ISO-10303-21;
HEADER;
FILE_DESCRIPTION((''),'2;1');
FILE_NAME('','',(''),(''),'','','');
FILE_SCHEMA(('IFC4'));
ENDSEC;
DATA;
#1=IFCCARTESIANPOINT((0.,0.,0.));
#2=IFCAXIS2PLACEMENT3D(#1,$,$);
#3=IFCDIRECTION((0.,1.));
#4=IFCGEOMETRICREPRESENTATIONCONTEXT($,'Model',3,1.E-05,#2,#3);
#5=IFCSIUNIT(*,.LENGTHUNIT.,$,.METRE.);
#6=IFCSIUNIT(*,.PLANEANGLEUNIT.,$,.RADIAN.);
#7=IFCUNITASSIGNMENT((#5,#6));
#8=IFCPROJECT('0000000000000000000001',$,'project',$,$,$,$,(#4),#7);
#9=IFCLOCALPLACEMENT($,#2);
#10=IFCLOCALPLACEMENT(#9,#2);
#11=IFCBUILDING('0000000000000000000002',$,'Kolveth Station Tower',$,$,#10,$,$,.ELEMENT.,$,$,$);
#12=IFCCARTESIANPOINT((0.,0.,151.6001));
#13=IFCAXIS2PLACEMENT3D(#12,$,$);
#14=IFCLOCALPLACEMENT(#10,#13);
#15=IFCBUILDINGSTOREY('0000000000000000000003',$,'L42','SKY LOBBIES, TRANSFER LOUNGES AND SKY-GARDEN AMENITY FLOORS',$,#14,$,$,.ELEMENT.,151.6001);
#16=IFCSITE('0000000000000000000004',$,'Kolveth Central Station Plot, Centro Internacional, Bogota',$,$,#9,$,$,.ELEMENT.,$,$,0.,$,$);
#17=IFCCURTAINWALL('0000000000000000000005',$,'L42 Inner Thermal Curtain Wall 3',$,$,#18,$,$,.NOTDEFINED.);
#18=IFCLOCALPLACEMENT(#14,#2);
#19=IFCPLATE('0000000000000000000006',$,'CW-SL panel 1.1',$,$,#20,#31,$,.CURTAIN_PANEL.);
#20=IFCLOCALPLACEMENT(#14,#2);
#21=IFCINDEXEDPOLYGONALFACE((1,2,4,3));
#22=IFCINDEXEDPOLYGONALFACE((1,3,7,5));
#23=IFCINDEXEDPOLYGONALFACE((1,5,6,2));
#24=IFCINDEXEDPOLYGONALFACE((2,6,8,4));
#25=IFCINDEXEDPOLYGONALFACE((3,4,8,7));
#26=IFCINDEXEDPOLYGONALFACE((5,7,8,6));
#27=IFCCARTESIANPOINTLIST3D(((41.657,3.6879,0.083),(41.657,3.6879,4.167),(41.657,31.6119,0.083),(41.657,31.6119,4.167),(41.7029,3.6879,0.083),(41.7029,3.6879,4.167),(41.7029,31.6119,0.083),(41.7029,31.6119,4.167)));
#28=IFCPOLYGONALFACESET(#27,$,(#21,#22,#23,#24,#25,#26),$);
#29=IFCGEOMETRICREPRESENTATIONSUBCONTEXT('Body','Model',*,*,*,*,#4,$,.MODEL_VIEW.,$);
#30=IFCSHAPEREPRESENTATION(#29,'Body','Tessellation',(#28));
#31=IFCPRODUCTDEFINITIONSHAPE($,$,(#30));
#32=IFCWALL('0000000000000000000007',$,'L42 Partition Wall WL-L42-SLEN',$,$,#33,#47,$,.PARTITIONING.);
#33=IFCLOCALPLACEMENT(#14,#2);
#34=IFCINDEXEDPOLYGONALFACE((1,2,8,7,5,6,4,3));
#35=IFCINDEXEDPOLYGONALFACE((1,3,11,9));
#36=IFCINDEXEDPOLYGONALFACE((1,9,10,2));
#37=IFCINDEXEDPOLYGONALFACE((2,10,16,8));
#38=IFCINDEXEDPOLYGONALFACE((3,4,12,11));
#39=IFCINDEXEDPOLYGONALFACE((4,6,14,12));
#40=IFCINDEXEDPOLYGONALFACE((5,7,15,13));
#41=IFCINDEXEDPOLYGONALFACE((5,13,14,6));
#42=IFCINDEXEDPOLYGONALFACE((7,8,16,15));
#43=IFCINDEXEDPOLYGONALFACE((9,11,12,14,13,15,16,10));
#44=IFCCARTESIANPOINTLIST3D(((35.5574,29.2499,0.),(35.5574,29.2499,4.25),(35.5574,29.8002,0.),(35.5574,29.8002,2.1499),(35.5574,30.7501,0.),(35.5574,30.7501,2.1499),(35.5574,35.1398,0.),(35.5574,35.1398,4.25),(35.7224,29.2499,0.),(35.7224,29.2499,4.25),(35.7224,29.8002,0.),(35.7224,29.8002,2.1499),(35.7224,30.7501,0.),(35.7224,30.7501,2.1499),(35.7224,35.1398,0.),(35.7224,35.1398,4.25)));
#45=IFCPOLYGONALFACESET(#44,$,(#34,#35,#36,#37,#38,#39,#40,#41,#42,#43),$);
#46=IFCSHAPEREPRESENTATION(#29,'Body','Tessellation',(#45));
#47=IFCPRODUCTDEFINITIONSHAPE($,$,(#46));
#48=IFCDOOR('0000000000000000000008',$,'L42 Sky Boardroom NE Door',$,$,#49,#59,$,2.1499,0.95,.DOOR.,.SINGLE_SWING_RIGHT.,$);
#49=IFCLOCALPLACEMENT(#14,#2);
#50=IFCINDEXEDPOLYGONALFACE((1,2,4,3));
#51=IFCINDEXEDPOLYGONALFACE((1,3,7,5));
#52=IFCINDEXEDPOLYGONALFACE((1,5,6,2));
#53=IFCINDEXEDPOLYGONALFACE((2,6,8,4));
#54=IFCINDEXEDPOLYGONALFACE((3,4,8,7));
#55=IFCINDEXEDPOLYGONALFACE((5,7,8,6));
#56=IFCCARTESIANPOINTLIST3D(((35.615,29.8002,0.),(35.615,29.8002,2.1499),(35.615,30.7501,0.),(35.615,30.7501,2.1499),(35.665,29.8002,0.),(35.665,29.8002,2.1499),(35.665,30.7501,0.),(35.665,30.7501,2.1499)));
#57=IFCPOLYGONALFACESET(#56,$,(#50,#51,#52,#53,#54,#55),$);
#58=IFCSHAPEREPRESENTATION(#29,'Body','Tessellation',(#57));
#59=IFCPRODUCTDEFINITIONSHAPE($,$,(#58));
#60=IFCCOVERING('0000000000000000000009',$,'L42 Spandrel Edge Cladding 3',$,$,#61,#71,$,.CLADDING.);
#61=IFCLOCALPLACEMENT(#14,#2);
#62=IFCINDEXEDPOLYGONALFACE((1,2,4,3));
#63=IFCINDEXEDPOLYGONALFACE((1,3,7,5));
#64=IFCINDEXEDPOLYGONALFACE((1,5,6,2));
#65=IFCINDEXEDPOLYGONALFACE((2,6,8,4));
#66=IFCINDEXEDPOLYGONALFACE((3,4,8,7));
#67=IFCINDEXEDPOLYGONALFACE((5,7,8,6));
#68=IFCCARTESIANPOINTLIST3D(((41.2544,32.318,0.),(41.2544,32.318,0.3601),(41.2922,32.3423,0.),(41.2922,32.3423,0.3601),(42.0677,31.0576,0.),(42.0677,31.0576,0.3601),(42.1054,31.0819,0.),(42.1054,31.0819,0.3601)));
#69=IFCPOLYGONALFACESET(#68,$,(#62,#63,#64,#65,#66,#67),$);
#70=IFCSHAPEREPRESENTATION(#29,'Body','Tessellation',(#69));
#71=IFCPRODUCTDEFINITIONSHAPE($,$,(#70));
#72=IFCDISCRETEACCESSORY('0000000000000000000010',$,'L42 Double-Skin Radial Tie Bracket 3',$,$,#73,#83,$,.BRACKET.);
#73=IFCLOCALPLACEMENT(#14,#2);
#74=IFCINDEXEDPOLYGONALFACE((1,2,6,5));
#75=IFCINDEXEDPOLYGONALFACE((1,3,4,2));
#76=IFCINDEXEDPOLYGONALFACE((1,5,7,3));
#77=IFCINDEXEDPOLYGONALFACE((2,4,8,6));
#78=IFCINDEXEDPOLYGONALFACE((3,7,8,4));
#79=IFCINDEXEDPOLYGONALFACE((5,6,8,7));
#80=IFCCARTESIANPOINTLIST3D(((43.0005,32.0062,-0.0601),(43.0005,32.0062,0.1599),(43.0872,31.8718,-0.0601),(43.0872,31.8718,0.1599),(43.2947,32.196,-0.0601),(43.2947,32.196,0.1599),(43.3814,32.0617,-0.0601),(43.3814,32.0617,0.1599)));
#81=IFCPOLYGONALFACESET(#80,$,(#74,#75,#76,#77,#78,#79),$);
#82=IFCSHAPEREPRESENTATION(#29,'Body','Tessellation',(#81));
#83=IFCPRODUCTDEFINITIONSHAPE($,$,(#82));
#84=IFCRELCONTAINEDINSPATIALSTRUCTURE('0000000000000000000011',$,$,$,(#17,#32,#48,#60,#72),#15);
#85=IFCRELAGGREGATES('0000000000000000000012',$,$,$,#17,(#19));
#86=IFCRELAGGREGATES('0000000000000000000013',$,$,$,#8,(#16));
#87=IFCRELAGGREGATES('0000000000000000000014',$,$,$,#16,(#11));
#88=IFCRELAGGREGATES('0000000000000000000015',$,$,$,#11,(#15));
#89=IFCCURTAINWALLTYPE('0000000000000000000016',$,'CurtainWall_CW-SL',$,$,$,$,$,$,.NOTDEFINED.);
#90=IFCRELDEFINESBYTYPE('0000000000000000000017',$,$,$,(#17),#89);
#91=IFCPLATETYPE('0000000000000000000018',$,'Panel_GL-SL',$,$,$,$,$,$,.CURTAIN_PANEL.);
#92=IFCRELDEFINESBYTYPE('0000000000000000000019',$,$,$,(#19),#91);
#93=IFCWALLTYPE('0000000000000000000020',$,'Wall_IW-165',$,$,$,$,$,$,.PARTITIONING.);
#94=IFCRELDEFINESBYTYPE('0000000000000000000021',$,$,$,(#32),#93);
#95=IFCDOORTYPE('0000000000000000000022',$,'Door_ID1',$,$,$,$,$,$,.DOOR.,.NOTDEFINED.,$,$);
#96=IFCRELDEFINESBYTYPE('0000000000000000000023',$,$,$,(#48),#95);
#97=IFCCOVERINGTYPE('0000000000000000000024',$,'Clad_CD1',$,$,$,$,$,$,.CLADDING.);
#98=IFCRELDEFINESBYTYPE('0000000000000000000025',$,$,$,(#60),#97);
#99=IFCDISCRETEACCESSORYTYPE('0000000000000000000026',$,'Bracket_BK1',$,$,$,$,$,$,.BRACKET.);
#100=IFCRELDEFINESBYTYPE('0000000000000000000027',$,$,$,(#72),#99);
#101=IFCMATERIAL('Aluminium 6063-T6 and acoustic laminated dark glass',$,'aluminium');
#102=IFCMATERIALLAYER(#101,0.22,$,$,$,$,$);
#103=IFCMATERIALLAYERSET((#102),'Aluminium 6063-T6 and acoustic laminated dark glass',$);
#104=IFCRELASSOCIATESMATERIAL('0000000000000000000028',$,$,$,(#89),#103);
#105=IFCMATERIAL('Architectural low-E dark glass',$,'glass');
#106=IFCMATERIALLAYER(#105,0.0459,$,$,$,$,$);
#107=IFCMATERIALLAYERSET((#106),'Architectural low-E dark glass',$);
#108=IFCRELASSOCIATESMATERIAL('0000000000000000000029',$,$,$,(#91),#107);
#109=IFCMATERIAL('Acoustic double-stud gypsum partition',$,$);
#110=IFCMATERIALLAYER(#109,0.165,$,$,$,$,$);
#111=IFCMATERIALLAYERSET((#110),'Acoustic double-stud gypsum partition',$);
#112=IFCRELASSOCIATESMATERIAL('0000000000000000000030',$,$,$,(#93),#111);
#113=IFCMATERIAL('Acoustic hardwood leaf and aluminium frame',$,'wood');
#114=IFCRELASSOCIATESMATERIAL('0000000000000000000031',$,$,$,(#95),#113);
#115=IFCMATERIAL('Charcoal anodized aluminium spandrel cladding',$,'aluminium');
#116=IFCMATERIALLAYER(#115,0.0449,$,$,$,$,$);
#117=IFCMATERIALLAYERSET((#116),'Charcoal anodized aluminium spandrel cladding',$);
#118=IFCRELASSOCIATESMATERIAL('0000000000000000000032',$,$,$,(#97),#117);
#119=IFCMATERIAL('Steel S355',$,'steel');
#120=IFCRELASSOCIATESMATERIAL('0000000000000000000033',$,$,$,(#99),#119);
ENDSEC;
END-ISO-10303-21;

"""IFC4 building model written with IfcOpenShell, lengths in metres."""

from ifc_helpers import new_model, si_unit, direction, frame, frame_2d, origin, origin_2d, place, context, subcontext, project, spatial, rectangle, extrude, source, transform, mapped, material, layer, layer_set, type_object, element, fill, aggregate, save


model = new_model("IFC4")

# Units and contexts
model_context = context("Model", 3, precision=1e-05, world=origin(), true_north=direction((0.0, 1.0)))
body_context = subcontext(model_context, "Body", "Model", "MODEL_VIEW")
ifc_project = project(units=[si_unit("LENGTHUNIT", "METRE"), si_unit("PLANEANGLEUNIT", "RADIAN")], contexts=[model_context])

# Site, building, storey
site_placement = place(None, origin())
site = spatial("IfcSite", under=ifc_project, at=site_placement, Name="Kolveth Central Station Plot, Centro Internacional, Bogota", CompositionType="ELEMENT", RefElevation=0.0)
building_placement = place(site_placement, origin())
building = spatial("IfcBuilding", under=site, at=building_placement, Name="Kolveth Station Tower", CompositionType="ELEMENT")
storey_placement = place(building_placement, frame((0.0, 0.0, 151.6001)))
storey = spatial("IfcBuildingStorey", under=building, at=storey_placement, Name="L42", Description="SKY LOBBIES, TRANSFER LOUNGES AND SKY-GARDEN AMENITY FLOORS", CompositionType="ELEMENT", Elevation=151.6001)

# Shared definitions
ifc_material_1 = material(Name="Steel S355", Category="steel")

# Curtain wall
ifc_material_2 = material(Name="Aluminium 6063-T6 and acoustic laminated dark glass", Category="aluminium")
ifc_layer_1 = layer(ifc_material_2, 0.22)
ifc_layer_set_1 = layer_set([ifc_layer_1], Name="Aluminium 6063-T6 and acoustic laminated dark glass")
curtain_wall_type = type_object("IfcCurtainWallType", Name="CurtainWall_CW-SL", PredefinedType="NOTDEFINED", material=ifc_layer_set_1)
curtain_wall_1_placement = place(storey_placement, origin())
curtain_wall_1 = element("IfcCurtainWall", 1, at=curtain_wall_1_placement, inside=storey, type_object=curtain_wall_type, Name="L42 Inner Thermal Curtain Wall 3", PredefinedType="NOTDEFINED")

# Plate
ifc_material_3 = material(Name="Architectural low-E dark glass", Category="glass")
ifc_layer_2 = layer(ifc_material_3, 0.0459)
ifc_layer_set_2 = layer_set([ifc_layer_2], Name="Architectural low-E dark glass")
plate_type = type_object("IfcPlateType", Name="Panel_GL-SL", PredefinedType="CURTAIN_PANEL", material=ifc_layer_set_2)
shared_shape_1 = source(origin(), body_context, "Body", "SweptSolid", [
    extrude(rectangle(XDim=27.9241, YDim=0.0459, at=origin_2d()), origin(), (0.0, 0.0, 1.0), 4.084),
])
plate_placement = place(storey_placement, frame((41.6799, 17.6499, 0.083), z_axis=(0.0, 0.0, 1.0), x_axis=(0.0, 1.0, 0.0)))
plate = element("IfcPlate", 2, at=plate_placement, type_object=plate_type, Name="CW-SL panel 1.1", PredefinedType="CURTAIN_PANEL", context=body_context, shape_type="MappedRepresentation", body=[
    mapped(shared_shape_1, transform((0.0, 0.0, 0.0), x_axis=(1.0, 0.0, 0.0), y_axis=(0.0, 1.0, 0.0), z_axis=(0.0, 0.0, 1.0), scale=1.0)),
])
aggregate(curtain_wall_1, [plate])

# Wall, opening, door
ifc_material_4 = material(Name="Acoustic double-stud gypsum partition")
ifc_layer_3 = layer(ifc_material_4, 0.165)
ifc_layer_set_3 = layer_set([ifc_layer_3], Name="Acoustic double-stud gypsum partition")
wall_type = type_object("IfcWallType", Name="Wall_IW-165", PredefinedType="PARTITIONING", material=ifc_layer_set_3)
wall_placement = place(storey_placement, frame((35.6399, 29.25, 0.0), z_axis=(0.0, 0.0, 1.0), x_axis=(0.0, 1.0, 0.0)))
wall = element("IfcWall", 3, at=wall_placement, inside=storey, type_object=wall_type, Name="L42 Partition Wall WL-L42-SLEN", PredefinedType="PARTITIONING", context=body_context, shape_type="SweptSolid", body=[
    extrude(rectangle(XDim=5.8899, YDim=0.165, at=frame_2d((2.9448, 0.0))), origin(), (0.0, 0.0, 1.0), 4.25),
])
opening_placement = place(wall_placement, frame((0.55, 0.0, 0.0)))
opening = element("IfcOpeningElement", 4, at=opening_placement, cuts=wall, PredefinedType="OPENING", context=body_context, shape_type="SweptSolid", body=[
    extrude(rectangle(XDim=0.95, YDim=2.1499, at=frame_2d((0.4751, 1.075))), frame((0.0, 0.0925, 0.0), z_axis=(0.0, -1.0, 0.0), x_axis=(1.0, 0.0, 0.0)), (0.0, 0.0, 1.0), 0.1851),
])
ifc_material_5 = material(Name="Acoustic hardwood leaf and aluminium frame", Category="wood")
door_type = type_object("IfcDoorType", Name="Door_ID1", OperationType="NOTDEFINED", PredefinedType="DOOR", material=ifc_material_5)
door_placement = place(opening_placement, origin())
door = element("IfcDoor", 5, at=door_placement, inside=storey, type_object=door_type, Name="L42 Sky Boardroom NE Door", OperationType="SINGLE_SWING_RIGHT", OverallHeight=2.1499, OverallWidth=0.95, PredefinedType="DOOR", context=body_context, shape_type="SweptSolid", body=[
    extrude(rectangle(XDim=0.95, YDim=2.1499, at=frame_2d((0.4751, 1.075))), frame((0.0, 0.0249, 0.0), z_axis=(0.0, -1.0, 0.0), x_axis=(1.0, 0.0, 0.0)), (0.0, 0.0, 1.0), 0.05),
])
fill(opening, door)

# Covering
ifc_material_6 = material(Name="Charcoal anodized aluminium spandrel cladding", Category="aluminium")
ifc_layer_4 = layer(ifc_material_6, 0.0449)
ifc_layer_set_4 = layer_set([ifc_layer_4], Name="Charcoal anodized aluminium spandrel cladding")
covering_type = type_object("IfcCoveringType", Name="Clad_CD1", PredefinedType="CLADDING", material=ifc_layer_set_4)
shared_shape_2 = source(origin(), body_context, "Body", "SweptSolid", [
    extrude(rectangle(XDim=1.5, YDim=0.0449, at=origin_2d()), origin(), (0.0, 0.0, 1.0), 0.3601),
])
covering_placement = place(storey_placement, frame((41.6799, 31.7, 0.0), z_axis=(0.0, 0.0, 1.0), x_axis=(-0.542148, 0.840283, 0.0)))
element("IfcCovering", 6, at=covering_placement, inside=storey, type_object=covering_type, Name="L42 Spandrel Edge Cladding 3", PredefinedType="CLADDING", context=body_context, shape_type="MappedRepresentation", body=[
    mapped(shared_shape_2, transform((0.0, 0.0, 0.0), x_axis=(1.0, 0.0, 0.0), y_axis=(0.0, 1.0, 0.0), z_axis=(0.0, 0.0, 1.0), scale=1.0)),
])

# Discrete accessory
discrete_accessory_type = type_object("IfcDiscreteAccessoryType", Name="Bracket_BK1", PredefinedType="BRACKET", material=ifc_material_1)
shared_shape_3 = source(origin(), body_context, "Body", "SweptSolid", [
    extrude(rectangle(XDim=0.3501, YDim=0.1599, at=origin_2d()), origin(), (0.0, 0.0, 1.0), 0.22),
])
discrete_accessory_placement = place(storey_placement, frame((43.1909, 32.0339, -0.0601), z_axis=(0.0, 0.0, 1.0), x_axis=(0.840283, 0.542148, 0.0)))
element("IfcDiscreteAccessory", 7, at=discrete_accessory_placement, inside=storey, type_object=discrete_accessory_type, Name="L42 Double-Skin Radial Tie Bracket 3", PredefinedType="BRACKET", context=body_context, shape_type="MappedRepresentation", body=[
    mapped(shared_shape_3, transform((0.0, 0.0, 0.0), x_axis=(1.0, 0.0, 0.0), y_axis=(0.0, 1.0, 0.0), z_axis=(0.0, 0.0, 1.0), scale=1.0)),
])

save(model, "model.ifc")
